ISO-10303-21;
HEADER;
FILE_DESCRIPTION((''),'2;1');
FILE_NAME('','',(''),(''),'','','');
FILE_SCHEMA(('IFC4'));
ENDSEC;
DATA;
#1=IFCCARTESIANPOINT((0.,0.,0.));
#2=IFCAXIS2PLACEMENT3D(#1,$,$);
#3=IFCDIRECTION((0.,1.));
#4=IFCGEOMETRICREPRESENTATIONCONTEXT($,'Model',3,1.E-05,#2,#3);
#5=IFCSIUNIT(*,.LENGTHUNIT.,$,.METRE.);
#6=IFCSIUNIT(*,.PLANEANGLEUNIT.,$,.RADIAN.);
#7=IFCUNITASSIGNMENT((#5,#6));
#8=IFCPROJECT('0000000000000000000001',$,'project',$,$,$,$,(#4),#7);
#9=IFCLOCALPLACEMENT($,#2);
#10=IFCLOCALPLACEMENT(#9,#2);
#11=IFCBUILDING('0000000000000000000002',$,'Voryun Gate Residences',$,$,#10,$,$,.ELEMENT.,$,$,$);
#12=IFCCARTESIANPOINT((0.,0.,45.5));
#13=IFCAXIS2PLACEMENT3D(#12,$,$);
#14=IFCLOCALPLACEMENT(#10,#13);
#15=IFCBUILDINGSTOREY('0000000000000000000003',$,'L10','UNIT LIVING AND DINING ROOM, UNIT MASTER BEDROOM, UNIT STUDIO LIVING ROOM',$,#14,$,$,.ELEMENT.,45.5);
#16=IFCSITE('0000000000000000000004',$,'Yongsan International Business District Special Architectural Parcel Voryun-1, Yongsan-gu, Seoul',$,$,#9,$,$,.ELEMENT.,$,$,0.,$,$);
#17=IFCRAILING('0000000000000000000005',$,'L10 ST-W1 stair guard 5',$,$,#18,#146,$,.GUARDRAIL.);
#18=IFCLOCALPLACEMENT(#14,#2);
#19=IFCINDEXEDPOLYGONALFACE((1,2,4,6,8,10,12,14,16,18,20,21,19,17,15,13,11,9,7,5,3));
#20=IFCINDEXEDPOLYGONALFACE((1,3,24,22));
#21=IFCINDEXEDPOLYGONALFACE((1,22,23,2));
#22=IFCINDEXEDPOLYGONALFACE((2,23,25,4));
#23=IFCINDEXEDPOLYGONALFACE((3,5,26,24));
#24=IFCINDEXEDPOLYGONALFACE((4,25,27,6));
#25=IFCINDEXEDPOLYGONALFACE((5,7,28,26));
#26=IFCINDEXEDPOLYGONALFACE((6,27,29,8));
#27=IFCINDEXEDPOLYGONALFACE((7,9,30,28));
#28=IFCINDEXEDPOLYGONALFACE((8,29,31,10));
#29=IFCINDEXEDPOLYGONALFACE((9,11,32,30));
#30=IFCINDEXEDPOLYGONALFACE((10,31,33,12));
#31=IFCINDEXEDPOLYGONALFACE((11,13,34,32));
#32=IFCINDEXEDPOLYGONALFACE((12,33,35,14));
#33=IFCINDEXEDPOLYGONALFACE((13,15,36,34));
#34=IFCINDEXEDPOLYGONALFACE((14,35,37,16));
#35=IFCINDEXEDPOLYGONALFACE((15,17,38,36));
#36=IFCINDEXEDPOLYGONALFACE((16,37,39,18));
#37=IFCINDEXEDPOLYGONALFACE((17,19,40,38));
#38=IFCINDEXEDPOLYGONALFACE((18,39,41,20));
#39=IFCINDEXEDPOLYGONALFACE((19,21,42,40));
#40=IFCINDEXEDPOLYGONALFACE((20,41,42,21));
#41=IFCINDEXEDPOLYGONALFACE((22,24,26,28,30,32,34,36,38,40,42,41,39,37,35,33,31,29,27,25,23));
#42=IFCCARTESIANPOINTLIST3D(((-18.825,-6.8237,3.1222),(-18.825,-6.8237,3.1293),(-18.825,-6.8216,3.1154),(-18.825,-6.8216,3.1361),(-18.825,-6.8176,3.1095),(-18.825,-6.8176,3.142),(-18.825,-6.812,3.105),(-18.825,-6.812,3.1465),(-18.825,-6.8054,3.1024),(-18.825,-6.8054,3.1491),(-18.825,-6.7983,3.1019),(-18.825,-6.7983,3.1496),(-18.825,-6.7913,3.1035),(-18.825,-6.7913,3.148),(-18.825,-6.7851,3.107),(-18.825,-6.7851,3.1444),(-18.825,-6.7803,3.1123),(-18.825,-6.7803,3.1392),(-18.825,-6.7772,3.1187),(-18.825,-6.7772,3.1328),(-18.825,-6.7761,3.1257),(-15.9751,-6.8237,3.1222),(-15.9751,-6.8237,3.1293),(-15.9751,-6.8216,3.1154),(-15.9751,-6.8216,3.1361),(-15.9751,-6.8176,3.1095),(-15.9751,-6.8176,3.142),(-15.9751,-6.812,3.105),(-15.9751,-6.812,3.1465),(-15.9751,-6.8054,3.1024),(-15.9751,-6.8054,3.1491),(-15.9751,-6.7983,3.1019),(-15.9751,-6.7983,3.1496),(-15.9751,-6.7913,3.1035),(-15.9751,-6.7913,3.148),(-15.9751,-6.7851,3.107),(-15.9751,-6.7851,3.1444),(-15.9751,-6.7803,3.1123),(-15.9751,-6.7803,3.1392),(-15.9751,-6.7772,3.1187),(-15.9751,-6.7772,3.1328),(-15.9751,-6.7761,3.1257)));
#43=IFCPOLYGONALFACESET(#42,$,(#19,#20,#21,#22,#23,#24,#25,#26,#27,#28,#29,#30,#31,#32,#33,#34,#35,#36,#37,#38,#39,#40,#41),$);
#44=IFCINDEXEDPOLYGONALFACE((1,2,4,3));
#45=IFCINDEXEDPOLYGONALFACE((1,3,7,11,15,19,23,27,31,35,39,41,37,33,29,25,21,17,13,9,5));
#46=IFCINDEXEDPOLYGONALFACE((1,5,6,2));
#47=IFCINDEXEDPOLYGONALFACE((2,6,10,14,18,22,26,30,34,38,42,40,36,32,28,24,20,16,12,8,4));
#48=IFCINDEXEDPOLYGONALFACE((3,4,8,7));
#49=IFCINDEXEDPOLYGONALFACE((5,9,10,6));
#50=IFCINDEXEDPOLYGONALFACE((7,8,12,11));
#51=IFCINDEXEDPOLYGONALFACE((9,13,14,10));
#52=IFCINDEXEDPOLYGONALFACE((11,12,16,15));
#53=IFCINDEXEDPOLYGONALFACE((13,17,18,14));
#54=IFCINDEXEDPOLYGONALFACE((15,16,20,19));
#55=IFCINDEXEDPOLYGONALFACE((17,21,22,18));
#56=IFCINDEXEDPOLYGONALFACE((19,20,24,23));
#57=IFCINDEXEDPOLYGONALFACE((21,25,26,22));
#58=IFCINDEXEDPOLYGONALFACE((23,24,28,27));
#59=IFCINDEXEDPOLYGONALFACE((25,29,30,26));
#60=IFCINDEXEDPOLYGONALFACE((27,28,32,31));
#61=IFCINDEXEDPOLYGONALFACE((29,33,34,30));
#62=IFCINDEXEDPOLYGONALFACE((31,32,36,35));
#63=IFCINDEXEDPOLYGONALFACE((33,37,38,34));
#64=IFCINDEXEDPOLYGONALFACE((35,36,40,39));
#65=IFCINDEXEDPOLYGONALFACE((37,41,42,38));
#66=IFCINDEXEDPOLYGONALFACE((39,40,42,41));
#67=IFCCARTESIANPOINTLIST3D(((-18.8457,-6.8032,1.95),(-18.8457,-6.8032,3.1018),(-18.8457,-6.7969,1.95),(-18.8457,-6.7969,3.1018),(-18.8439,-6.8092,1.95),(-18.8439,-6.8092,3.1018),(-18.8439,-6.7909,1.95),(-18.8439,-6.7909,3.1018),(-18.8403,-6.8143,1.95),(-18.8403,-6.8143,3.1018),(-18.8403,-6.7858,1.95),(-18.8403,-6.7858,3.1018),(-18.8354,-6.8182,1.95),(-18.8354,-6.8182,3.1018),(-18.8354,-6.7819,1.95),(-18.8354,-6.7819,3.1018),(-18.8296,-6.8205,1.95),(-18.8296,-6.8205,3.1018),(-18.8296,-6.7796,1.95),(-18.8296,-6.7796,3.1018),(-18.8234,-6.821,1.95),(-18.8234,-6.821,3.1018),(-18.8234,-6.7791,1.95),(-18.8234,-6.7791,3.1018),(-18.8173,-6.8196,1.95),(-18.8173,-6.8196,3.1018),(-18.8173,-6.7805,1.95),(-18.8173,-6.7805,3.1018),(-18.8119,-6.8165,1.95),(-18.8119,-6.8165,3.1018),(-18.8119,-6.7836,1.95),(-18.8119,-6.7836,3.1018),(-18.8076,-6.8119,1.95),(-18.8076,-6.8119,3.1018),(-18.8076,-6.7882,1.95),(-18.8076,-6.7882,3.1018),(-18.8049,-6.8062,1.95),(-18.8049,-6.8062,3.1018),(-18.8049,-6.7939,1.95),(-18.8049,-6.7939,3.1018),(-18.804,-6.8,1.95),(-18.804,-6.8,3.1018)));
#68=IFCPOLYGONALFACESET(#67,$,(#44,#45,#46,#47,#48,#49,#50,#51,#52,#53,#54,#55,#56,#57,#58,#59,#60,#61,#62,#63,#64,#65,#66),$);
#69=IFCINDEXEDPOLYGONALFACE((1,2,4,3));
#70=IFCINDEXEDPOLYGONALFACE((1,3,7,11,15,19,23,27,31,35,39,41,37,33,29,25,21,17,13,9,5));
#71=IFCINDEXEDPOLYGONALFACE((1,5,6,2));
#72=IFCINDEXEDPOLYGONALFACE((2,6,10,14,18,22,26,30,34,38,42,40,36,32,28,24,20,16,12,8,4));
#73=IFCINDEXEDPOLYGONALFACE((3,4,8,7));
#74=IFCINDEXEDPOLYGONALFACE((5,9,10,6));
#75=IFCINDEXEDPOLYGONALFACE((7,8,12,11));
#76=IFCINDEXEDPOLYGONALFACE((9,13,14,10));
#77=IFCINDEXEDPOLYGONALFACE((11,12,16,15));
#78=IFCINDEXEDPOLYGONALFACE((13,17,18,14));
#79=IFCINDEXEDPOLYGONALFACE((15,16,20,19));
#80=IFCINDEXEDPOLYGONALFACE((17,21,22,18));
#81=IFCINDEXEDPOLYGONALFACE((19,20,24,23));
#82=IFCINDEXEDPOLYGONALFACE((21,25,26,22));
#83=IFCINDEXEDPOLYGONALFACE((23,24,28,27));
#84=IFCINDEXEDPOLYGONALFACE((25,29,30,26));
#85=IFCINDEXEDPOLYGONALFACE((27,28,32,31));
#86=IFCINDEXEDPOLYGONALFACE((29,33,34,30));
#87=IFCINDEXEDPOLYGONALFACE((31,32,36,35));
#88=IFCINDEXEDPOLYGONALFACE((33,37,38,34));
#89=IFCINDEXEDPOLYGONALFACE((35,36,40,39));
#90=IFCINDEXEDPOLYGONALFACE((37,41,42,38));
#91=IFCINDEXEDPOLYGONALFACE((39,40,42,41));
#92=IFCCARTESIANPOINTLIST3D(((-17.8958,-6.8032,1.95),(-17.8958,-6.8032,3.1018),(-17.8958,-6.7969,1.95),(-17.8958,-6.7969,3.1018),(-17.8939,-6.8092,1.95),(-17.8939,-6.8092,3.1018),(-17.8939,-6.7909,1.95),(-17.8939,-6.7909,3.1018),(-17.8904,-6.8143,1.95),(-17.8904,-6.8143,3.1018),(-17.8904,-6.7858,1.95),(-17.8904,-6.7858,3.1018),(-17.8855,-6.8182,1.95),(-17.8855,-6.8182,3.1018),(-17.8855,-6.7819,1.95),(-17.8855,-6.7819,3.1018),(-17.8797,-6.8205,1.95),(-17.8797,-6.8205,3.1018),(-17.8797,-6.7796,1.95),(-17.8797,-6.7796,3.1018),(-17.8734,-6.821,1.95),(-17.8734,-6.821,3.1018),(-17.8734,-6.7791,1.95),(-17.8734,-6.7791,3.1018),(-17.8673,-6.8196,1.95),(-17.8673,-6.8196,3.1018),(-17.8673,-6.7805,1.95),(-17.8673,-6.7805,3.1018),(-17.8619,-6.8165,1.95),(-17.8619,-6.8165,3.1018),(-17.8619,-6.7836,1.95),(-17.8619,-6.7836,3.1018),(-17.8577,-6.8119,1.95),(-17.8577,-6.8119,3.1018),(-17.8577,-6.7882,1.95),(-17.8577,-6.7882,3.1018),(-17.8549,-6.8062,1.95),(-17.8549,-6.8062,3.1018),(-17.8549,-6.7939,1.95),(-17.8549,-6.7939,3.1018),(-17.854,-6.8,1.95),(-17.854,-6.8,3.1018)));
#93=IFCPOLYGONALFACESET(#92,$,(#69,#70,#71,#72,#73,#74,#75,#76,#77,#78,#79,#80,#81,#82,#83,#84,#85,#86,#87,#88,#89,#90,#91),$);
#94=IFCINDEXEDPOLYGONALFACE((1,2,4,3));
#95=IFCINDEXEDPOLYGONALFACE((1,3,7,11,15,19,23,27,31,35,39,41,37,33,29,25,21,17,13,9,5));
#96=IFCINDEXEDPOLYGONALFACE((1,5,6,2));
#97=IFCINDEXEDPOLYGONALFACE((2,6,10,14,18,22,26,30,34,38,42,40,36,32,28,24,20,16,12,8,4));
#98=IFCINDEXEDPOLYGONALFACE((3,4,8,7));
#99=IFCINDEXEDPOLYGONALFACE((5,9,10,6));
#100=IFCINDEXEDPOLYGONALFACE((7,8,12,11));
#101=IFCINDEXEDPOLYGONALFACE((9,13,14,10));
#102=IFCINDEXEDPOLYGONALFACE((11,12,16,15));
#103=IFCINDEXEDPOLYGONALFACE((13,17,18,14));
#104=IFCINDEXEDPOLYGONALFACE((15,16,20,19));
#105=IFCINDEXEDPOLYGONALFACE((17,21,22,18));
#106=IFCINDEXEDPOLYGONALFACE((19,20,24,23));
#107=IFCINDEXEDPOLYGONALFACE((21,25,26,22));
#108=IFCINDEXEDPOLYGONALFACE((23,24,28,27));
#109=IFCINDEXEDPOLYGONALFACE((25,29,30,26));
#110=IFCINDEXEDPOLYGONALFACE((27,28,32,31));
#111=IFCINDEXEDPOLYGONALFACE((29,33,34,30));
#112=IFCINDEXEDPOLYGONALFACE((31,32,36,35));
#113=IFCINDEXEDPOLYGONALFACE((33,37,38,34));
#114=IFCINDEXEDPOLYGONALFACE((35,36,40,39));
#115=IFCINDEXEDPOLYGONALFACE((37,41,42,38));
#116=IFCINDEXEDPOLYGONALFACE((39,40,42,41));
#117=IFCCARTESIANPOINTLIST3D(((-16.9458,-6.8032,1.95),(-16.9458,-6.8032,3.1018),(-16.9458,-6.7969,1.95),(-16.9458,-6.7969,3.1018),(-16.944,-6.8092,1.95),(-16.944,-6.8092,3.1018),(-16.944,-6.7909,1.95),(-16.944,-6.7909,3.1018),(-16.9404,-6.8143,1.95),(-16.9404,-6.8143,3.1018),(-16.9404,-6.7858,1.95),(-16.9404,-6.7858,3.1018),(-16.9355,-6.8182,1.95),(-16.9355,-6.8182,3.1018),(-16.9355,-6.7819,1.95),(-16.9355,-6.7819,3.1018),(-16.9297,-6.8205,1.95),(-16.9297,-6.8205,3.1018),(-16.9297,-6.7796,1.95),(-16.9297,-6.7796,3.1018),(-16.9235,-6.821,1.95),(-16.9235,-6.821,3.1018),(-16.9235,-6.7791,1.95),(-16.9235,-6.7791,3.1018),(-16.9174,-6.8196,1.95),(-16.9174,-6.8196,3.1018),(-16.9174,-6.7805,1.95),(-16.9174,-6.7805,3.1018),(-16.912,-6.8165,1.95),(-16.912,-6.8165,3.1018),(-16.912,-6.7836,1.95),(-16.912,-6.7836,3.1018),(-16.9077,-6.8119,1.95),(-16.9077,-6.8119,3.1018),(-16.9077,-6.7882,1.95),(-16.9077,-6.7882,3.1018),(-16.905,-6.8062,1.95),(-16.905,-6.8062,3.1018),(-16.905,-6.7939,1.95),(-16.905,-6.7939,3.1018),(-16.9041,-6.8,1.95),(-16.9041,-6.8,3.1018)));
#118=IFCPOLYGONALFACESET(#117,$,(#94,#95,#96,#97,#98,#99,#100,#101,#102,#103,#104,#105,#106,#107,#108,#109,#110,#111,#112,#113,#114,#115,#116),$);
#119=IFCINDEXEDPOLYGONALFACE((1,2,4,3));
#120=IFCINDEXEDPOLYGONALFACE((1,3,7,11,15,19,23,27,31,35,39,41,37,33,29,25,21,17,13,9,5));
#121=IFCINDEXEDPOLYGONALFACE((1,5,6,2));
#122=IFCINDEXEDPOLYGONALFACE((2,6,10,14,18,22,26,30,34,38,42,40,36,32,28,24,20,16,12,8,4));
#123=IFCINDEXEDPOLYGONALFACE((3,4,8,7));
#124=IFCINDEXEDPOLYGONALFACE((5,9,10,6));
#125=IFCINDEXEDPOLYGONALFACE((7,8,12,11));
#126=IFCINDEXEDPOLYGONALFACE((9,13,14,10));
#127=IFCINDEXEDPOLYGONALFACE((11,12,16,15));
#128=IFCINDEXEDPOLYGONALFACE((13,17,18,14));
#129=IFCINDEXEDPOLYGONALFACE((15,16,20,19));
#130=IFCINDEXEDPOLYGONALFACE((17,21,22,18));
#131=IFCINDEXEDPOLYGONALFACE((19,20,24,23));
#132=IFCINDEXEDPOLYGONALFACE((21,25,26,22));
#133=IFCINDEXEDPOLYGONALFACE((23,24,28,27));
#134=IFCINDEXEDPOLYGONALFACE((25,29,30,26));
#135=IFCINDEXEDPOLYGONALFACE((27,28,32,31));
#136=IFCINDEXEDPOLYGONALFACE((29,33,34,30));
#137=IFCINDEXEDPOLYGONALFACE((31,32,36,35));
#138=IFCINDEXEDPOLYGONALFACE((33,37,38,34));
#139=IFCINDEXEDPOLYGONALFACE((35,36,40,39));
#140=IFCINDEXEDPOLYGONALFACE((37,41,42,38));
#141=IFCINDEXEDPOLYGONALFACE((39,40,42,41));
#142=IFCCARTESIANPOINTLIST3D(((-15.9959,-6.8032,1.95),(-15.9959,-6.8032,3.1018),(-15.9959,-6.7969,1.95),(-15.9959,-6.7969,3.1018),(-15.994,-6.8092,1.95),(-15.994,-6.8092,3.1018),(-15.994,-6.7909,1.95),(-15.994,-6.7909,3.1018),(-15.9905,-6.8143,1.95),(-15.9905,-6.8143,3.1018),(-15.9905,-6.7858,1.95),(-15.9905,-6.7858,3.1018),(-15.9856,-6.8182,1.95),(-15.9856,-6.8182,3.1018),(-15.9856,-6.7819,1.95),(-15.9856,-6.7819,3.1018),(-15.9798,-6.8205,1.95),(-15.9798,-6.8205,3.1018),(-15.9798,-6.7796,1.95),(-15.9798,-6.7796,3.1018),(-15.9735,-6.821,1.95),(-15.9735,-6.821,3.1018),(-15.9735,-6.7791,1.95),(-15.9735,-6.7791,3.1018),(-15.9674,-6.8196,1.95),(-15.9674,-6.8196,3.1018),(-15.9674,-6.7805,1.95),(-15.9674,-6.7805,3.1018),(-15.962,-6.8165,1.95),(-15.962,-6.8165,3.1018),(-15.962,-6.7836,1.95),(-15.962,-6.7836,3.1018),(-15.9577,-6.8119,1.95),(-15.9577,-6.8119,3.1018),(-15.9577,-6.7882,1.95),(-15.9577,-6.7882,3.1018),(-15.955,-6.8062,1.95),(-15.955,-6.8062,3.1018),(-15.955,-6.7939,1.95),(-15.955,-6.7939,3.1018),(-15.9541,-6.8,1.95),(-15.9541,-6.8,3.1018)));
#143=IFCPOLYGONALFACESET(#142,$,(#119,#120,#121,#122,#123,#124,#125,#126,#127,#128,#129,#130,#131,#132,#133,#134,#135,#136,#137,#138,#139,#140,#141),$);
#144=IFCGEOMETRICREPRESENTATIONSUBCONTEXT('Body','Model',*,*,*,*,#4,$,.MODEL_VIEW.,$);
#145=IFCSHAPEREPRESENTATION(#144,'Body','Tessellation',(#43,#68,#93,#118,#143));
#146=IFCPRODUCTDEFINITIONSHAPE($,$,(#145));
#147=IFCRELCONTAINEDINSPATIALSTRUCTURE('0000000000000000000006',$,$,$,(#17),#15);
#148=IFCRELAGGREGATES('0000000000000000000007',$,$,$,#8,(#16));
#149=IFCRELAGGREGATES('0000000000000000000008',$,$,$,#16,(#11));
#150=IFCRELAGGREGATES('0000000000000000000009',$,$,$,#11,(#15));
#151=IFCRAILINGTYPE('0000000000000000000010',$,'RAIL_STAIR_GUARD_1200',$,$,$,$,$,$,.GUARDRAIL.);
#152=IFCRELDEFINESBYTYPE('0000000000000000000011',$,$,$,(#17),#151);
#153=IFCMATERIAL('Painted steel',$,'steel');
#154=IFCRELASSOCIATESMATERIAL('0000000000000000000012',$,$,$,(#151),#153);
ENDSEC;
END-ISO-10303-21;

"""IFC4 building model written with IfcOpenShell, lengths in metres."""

from ifc_helpers import new_model, si_unit, direction, frame, origin, origin_2d, place, context, subcontext, project, spatial, circle, extrude, material, type_object, element, save


model = new_model("IFC4")

# Units and contexts
model_context = context("Model", 3, precision=1e-05, world=origin(), true_north=direction((0.0, 1.0)))
body_context = subcontext(model_context, "Body", "Model", "MODEL_VIEW")
ifc_project = project(units=[si_unit("LENGTHUNIT", "METRE"), si_unit("PLANEANGLEUNIT", "RADIAN")], contexts=[model_context])

# Site, building, storey
site_placement = place(None, origin())
site = spatial("IfcSite", under=ifc_project, at=site_placement, Name="Yongsan International Business District Special Architectural Parcel Voryun-1, Yongsan-gu, Seoul", CompositionType="ELEMENT", RefElevation=0.0)
building_placement = place(site_placement, origin())
building = spatial("IfcBuilding", under=site, at=building_placement, Name="Voryun Gate Residences", CompositionType="ELEMENT")
storey_placement = place(building_placement, frame((0.0, 0.0, 45.5)))
storey = spatial("IfcBuildingStorey", under=building, at=storey_placement, Name="L10", Description="UNIT LIVING AND DINING ROOM, UNIT MASTER BEDROOM, UNIT STUDIO LIVING ROOM", CompositionType="ELEMENT", Elevation=45.5)

# Railing
ifc_material_1 = material(Name="Painted steel", Category="steel")
railing_type = type_object("IfcRailingType", Name="RAIL_STAIR_GUARD_1200", PredefinedType="GUARDRAIL", material=ifc_material_1)
railing_1_placement = place(storey_placement, frame((-18.825, -6.8, 1.95)))
element("IfcRailing", 1, at=railing_1_placement, inside=storey, type_object=railing_type, Name="L10 ST-W1 stair guard 5", PredefinedType="GUARDRAIL", context=body_context, shape_type="SweptSolid", body=[
    extrude(circle(Radius=0.0239, at=origin_2d()), frame((0.0, 0.0, 1.1758), z_axis=(1.0, 0.0, 0.0), x_axis=(0.0, 1.0, 0.0)), (0.0, 0.0, 1.0), 2.8499),
    extrude(circle(Radius=0.021, at=origin_2d()), origin(), (0.0, 0.0, 1.0), 1.1519),
    extrude(circle(Radius=0.021, at=origin_2d()), frame((0.95, 0.0, 0.0)), (0.0, 0.0, 1.0), 1.1519),
    extrude(circle(Radius=0.021, at=origin_2d()), frame((1.8999, 0.0, 0.0)), (0.0, 0.0, 1.0), 1.1519),
    extrude(circle(Radius=0.021, at=origin_2d()), frame((2.8499, 0.0, 0.0)), (0.0, 0.0, 1.0), 1.1519),
])

save(model, "model.ifc")
